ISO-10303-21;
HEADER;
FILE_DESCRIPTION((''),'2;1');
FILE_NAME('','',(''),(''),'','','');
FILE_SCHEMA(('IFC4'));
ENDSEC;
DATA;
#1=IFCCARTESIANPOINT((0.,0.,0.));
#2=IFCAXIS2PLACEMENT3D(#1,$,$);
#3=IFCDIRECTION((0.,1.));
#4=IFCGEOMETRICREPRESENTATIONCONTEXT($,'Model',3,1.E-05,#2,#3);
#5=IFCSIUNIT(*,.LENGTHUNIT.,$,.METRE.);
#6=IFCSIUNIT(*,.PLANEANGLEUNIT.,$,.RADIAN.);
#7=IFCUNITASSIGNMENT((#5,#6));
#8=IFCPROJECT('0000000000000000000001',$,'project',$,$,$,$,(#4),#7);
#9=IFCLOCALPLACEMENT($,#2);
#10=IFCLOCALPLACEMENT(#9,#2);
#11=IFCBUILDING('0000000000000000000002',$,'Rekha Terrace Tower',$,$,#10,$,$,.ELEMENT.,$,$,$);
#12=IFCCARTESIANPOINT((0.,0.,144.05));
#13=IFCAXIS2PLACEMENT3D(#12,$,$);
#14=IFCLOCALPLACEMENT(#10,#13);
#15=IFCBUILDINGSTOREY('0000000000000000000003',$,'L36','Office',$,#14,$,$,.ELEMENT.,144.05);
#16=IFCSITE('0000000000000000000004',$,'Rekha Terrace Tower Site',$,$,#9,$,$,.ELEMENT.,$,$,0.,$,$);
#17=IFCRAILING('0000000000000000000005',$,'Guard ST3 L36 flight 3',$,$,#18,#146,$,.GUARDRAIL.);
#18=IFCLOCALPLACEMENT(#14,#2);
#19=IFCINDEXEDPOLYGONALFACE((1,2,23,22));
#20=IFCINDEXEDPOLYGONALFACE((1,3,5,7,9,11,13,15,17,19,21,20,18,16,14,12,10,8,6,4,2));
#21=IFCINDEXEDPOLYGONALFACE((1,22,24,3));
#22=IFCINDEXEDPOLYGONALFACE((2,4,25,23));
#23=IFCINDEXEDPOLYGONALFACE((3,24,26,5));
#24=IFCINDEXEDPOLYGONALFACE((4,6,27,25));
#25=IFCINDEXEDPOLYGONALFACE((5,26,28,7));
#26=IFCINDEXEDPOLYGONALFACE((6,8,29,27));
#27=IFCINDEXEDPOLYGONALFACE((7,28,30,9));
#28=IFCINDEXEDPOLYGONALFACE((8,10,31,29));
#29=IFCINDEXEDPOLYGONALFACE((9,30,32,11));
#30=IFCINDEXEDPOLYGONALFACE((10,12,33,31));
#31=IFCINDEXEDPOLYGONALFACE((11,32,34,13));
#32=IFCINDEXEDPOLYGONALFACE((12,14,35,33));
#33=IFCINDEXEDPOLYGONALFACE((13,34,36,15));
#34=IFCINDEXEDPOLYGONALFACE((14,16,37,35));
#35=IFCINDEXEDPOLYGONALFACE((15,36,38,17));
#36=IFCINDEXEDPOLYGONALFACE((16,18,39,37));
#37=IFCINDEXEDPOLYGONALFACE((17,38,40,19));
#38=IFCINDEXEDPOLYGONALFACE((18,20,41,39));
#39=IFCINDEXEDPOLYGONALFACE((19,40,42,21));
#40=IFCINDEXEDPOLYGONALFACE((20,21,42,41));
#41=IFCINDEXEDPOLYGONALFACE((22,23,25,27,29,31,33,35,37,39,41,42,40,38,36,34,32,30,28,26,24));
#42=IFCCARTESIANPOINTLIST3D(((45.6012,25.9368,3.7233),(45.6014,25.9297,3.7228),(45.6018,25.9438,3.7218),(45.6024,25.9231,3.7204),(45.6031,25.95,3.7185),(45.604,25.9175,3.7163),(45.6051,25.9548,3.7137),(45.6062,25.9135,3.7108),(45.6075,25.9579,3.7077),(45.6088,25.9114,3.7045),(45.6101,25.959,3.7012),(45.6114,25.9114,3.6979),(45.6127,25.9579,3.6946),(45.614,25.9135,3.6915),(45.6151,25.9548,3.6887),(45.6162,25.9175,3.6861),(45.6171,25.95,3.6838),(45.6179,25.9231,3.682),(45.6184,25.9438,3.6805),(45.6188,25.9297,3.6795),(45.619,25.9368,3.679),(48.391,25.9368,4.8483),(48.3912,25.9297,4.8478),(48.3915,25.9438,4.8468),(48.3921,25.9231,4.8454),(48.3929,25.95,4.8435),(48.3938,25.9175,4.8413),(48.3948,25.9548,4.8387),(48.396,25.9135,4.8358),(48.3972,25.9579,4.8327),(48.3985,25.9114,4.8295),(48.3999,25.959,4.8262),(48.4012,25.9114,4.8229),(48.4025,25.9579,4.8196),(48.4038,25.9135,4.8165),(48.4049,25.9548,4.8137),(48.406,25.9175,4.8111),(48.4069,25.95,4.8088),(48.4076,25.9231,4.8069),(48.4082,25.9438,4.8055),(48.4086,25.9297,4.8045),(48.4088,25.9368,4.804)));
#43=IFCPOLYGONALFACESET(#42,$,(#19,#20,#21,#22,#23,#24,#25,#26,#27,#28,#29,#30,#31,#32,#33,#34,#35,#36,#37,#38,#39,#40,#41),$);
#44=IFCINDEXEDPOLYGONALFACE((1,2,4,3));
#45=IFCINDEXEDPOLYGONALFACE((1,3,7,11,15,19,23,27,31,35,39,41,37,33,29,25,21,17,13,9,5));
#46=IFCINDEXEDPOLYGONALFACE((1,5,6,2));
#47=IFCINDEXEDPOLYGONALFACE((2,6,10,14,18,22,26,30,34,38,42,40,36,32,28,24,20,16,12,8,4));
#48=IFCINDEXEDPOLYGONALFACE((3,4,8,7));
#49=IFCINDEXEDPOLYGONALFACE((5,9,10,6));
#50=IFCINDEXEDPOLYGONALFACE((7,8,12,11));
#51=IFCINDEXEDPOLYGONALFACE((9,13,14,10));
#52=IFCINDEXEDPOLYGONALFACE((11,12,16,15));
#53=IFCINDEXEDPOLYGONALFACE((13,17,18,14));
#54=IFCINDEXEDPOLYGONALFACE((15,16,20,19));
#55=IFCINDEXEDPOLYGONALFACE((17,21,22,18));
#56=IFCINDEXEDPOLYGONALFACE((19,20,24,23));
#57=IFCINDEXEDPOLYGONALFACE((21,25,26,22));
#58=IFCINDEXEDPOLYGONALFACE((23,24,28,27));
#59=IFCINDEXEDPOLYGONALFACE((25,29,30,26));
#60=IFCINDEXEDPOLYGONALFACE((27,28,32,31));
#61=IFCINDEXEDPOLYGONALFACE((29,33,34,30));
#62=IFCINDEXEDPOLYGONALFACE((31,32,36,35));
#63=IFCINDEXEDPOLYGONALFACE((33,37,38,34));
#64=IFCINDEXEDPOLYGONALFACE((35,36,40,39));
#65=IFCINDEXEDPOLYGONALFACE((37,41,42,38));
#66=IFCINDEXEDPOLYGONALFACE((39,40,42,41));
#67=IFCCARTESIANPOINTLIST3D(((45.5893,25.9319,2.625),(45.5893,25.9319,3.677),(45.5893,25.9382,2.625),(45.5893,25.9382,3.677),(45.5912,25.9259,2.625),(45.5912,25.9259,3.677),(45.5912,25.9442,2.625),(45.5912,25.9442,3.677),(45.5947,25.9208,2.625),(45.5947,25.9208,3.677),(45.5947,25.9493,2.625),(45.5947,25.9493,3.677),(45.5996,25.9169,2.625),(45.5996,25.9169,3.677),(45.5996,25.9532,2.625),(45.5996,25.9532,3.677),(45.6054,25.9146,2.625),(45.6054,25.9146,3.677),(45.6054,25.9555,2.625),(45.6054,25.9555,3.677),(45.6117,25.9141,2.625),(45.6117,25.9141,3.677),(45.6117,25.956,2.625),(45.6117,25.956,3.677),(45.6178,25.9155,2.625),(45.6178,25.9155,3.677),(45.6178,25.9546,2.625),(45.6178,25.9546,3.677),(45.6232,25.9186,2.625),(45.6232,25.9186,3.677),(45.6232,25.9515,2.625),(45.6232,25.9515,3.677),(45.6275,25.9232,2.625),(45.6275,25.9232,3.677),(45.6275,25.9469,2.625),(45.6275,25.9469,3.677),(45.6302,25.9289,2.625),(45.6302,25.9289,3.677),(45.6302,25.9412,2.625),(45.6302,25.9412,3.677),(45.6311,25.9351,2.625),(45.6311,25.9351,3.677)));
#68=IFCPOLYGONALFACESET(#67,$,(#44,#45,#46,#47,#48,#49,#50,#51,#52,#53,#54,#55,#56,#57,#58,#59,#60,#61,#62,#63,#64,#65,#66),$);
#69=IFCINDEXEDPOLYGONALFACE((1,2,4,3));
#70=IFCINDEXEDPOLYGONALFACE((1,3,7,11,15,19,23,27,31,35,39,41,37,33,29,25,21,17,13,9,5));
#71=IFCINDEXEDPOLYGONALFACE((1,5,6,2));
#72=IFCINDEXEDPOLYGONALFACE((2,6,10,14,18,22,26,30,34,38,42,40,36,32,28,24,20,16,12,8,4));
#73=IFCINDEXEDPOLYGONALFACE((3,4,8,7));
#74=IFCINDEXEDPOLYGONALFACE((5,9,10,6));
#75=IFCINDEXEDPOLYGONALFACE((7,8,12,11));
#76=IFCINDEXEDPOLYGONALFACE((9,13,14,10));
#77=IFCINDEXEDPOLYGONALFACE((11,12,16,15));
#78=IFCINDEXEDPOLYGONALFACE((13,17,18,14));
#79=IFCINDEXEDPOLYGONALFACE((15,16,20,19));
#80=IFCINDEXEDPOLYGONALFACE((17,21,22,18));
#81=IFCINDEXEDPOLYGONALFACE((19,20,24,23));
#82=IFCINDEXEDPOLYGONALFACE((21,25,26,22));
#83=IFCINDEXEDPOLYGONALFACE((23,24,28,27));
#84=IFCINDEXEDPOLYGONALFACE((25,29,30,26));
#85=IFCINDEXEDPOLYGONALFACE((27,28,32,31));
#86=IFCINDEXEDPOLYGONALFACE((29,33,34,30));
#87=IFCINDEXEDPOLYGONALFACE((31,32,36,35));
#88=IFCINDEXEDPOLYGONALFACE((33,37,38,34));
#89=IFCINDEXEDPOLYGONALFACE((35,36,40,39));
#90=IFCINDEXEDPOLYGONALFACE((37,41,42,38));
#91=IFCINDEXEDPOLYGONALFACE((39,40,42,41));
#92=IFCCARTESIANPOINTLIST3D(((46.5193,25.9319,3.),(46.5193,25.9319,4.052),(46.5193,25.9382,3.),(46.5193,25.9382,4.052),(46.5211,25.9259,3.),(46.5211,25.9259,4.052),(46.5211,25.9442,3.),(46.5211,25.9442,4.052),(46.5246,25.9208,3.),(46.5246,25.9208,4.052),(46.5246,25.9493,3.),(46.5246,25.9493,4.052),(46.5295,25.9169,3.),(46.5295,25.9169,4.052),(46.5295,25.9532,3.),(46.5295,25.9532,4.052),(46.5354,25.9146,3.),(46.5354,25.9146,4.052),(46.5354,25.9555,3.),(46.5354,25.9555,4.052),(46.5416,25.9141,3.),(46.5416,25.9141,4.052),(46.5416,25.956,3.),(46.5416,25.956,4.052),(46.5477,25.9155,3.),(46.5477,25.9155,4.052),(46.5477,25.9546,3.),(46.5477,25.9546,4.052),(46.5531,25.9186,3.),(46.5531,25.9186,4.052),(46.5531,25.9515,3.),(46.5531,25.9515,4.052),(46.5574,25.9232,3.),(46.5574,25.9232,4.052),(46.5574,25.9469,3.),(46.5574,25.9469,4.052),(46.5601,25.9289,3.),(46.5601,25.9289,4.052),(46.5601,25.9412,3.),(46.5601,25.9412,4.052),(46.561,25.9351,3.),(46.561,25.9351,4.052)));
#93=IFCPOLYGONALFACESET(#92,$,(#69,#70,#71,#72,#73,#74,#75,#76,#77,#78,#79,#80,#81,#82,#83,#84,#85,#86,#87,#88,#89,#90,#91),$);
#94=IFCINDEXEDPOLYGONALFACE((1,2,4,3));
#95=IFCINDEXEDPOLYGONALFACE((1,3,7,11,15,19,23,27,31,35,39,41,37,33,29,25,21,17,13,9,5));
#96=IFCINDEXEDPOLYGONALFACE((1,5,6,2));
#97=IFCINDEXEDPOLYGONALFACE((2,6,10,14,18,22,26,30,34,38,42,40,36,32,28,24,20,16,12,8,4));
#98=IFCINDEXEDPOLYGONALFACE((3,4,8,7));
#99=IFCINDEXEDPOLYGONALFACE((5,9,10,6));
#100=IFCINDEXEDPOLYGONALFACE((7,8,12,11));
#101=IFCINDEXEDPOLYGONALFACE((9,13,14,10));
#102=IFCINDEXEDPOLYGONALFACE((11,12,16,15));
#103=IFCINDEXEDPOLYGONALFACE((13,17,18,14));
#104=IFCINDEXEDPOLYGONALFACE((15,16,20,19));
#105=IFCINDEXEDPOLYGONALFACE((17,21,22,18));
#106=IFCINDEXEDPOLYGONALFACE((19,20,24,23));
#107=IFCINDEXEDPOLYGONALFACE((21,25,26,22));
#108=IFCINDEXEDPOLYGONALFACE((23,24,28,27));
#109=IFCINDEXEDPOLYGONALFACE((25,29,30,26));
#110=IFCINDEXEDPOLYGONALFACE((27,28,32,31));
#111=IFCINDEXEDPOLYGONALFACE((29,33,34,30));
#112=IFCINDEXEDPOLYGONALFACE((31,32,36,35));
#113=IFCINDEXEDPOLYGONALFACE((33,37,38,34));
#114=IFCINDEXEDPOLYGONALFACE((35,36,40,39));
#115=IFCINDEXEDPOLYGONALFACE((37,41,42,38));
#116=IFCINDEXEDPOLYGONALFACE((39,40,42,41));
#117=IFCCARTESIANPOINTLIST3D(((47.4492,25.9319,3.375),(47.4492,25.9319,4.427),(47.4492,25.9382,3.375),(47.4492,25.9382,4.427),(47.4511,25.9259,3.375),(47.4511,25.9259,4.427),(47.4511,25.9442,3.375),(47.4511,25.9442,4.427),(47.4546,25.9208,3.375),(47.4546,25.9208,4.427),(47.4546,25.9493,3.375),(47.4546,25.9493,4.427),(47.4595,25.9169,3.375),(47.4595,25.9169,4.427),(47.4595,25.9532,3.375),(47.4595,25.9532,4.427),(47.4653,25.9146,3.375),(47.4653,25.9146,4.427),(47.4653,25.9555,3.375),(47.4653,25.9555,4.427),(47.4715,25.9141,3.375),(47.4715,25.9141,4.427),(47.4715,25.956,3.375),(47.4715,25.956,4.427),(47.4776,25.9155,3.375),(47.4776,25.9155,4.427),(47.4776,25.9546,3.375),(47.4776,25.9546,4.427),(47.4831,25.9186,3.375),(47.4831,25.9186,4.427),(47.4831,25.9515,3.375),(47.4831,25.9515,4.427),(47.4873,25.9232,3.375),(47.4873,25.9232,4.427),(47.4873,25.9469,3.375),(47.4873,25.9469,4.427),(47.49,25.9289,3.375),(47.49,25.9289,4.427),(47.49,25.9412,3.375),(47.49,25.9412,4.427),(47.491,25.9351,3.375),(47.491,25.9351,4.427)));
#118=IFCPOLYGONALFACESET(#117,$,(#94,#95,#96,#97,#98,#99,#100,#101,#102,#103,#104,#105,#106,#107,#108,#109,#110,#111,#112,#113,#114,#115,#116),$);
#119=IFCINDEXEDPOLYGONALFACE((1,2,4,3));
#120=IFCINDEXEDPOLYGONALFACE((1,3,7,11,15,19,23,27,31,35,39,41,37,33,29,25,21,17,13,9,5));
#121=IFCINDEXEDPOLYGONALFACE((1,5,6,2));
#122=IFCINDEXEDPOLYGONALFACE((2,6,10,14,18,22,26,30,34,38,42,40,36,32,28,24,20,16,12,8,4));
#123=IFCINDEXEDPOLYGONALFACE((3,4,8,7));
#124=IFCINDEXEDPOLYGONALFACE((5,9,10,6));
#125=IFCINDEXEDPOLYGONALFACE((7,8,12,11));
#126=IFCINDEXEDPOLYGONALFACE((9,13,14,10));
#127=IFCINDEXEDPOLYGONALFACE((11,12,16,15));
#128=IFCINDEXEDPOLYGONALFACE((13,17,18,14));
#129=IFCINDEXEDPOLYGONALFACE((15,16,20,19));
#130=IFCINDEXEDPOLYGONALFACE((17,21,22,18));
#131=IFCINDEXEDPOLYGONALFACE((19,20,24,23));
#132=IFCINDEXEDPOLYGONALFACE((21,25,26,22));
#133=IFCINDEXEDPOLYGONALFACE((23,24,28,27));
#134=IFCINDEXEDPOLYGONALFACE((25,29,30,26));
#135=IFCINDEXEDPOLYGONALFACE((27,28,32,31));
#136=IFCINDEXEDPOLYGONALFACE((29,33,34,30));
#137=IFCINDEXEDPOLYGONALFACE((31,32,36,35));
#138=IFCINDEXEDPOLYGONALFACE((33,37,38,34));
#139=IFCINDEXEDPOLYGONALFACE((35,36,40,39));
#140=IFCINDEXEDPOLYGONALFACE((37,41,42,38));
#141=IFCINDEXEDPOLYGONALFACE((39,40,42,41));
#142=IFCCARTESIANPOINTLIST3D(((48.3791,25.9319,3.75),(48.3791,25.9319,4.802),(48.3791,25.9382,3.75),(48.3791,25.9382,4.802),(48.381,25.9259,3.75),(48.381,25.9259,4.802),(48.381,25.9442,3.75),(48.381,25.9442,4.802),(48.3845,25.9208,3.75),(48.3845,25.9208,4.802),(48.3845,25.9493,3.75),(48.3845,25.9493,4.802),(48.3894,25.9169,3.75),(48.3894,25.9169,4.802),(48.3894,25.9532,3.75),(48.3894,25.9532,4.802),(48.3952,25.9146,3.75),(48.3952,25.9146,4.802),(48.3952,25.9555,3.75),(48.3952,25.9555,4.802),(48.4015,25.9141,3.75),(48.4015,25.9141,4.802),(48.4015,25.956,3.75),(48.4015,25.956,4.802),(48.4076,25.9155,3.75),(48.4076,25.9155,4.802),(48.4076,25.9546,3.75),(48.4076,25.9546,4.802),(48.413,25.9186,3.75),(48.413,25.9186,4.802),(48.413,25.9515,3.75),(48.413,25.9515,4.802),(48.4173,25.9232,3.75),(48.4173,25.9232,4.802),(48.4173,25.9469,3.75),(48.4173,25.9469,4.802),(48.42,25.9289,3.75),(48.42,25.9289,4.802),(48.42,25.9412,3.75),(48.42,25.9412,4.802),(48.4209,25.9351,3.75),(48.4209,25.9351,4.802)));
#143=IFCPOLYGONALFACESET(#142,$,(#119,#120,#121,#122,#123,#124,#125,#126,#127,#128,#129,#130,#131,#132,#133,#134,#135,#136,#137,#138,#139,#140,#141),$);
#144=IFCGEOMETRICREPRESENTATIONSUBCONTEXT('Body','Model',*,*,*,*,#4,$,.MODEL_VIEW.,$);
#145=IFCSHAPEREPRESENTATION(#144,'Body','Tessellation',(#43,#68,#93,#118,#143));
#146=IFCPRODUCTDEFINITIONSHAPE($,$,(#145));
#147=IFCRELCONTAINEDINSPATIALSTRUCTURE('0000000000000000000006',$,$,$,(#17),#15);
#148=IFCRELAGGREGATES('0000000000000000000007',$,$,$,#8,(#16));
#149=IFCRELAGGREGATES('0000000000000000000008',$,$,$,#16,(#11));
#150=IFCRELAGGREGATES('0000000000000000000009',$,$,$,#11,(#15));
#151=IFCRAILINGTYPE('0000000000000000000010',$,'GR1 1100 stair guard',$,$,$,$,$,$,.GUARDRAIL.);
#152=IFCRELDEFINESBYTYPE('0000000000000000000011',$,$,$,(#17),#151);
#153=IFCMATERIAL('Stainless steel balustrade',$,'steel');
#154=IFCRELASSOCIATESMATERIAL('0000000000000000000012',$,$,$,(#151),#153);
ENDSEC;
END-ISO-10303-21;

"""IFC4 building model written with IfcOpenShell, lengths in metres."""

from ifc_helpers import new_model, si_unit, direction, frame, origin, origin_2d, place, context, subcontext, project, spatial, circle, extrude, material, type_object, element, save


model = new_model("IFC4")

# Units and contexts
model_context = context("Model", 3, precision=1e-05, world=origin(), true_north=direction((0.0, 1.0)))
body_context = subcontext(model_context, "Body", "Model", "MODEL_VIEW")
ifc_project = project(units=[si_unit("LENGTHUNIT", "METRE"), si_unit("PLANEANGLEUNIT", "RADIAN")], contexts=[model_context])

# Site, building, storey
site_placement = place(None, origin())
site = spatial("IfcSite", under=ifc_project, at=site_placement, Name="Rekha Terrace Tower Site", CompositionType="ELEMENT", RefElevation=0.0)
building_placement = place(site_placement, origin())
building = spatial("IfcBuilding", under=site, at=building_placement, Name="Rekha Terrace Tower", CompositionType="ELEMENT")
storey_placement = place(building_placement, frame((0.0, 0.0, 144.05)))
storey = spatial("IfcBuildingStorey", under=building, at=storey_placement, Name="L36", Description="Office", CompositionType="ELEMENT", Elevation=144.05)

# Railing
ifc_material_1 = material(Name="Stainless steel balustrade", Category="steel")
railing_type_1 = type_object("IfcRailingType", Name="GR1 1100 stair guard", PredefinedType="GUARDRAIL", material=ifc_material_1)
railing_1_placement = place(storey_placement, frame((45.6101, 25.9351, 2.625)))
element("IfcRailing", 1, at=railing_1_placement, inside=storey, type_object=railing_type_1, Name="Guard ST3 L36 flight 3", PredefinedType="GUARDRAIL", context=body_context, shape_type="SweptSolid", body=[
    extrude(circle(Radius=0.0239, at=origin_2d()), frame((0.0, 0.0, 1.0762), z_axis=(0.927432, 0.0, 0.373992), x_axis=(0.0, 1.0, 0.0)), (0.0, 0.0, 1.0), 3.0081),
    extrude(circle(Radius=0.021, at=origin_2d()), origin(), (0.0, 0.0, 1.0), 1.052),
    extrude(circle(Radius=0.021, at=origin_2d()), frame((0.9299, 0.0, 0.375)), (0.0, 0.0, 1.0), 1.052),
    extrude(circle(Radius=0.021, at=origin_2d()), frame((1.8599, 0.0, 0.75)), (0.0, 0.0, 1.0), 1.052),
    extrude(circle(Radius=0.021, at=origin_2d()), frame((2.7898, 0.0, 1.125)), (0.0, 0.0, 1.0), 1.052),
])

save(model, "model.ifc")
